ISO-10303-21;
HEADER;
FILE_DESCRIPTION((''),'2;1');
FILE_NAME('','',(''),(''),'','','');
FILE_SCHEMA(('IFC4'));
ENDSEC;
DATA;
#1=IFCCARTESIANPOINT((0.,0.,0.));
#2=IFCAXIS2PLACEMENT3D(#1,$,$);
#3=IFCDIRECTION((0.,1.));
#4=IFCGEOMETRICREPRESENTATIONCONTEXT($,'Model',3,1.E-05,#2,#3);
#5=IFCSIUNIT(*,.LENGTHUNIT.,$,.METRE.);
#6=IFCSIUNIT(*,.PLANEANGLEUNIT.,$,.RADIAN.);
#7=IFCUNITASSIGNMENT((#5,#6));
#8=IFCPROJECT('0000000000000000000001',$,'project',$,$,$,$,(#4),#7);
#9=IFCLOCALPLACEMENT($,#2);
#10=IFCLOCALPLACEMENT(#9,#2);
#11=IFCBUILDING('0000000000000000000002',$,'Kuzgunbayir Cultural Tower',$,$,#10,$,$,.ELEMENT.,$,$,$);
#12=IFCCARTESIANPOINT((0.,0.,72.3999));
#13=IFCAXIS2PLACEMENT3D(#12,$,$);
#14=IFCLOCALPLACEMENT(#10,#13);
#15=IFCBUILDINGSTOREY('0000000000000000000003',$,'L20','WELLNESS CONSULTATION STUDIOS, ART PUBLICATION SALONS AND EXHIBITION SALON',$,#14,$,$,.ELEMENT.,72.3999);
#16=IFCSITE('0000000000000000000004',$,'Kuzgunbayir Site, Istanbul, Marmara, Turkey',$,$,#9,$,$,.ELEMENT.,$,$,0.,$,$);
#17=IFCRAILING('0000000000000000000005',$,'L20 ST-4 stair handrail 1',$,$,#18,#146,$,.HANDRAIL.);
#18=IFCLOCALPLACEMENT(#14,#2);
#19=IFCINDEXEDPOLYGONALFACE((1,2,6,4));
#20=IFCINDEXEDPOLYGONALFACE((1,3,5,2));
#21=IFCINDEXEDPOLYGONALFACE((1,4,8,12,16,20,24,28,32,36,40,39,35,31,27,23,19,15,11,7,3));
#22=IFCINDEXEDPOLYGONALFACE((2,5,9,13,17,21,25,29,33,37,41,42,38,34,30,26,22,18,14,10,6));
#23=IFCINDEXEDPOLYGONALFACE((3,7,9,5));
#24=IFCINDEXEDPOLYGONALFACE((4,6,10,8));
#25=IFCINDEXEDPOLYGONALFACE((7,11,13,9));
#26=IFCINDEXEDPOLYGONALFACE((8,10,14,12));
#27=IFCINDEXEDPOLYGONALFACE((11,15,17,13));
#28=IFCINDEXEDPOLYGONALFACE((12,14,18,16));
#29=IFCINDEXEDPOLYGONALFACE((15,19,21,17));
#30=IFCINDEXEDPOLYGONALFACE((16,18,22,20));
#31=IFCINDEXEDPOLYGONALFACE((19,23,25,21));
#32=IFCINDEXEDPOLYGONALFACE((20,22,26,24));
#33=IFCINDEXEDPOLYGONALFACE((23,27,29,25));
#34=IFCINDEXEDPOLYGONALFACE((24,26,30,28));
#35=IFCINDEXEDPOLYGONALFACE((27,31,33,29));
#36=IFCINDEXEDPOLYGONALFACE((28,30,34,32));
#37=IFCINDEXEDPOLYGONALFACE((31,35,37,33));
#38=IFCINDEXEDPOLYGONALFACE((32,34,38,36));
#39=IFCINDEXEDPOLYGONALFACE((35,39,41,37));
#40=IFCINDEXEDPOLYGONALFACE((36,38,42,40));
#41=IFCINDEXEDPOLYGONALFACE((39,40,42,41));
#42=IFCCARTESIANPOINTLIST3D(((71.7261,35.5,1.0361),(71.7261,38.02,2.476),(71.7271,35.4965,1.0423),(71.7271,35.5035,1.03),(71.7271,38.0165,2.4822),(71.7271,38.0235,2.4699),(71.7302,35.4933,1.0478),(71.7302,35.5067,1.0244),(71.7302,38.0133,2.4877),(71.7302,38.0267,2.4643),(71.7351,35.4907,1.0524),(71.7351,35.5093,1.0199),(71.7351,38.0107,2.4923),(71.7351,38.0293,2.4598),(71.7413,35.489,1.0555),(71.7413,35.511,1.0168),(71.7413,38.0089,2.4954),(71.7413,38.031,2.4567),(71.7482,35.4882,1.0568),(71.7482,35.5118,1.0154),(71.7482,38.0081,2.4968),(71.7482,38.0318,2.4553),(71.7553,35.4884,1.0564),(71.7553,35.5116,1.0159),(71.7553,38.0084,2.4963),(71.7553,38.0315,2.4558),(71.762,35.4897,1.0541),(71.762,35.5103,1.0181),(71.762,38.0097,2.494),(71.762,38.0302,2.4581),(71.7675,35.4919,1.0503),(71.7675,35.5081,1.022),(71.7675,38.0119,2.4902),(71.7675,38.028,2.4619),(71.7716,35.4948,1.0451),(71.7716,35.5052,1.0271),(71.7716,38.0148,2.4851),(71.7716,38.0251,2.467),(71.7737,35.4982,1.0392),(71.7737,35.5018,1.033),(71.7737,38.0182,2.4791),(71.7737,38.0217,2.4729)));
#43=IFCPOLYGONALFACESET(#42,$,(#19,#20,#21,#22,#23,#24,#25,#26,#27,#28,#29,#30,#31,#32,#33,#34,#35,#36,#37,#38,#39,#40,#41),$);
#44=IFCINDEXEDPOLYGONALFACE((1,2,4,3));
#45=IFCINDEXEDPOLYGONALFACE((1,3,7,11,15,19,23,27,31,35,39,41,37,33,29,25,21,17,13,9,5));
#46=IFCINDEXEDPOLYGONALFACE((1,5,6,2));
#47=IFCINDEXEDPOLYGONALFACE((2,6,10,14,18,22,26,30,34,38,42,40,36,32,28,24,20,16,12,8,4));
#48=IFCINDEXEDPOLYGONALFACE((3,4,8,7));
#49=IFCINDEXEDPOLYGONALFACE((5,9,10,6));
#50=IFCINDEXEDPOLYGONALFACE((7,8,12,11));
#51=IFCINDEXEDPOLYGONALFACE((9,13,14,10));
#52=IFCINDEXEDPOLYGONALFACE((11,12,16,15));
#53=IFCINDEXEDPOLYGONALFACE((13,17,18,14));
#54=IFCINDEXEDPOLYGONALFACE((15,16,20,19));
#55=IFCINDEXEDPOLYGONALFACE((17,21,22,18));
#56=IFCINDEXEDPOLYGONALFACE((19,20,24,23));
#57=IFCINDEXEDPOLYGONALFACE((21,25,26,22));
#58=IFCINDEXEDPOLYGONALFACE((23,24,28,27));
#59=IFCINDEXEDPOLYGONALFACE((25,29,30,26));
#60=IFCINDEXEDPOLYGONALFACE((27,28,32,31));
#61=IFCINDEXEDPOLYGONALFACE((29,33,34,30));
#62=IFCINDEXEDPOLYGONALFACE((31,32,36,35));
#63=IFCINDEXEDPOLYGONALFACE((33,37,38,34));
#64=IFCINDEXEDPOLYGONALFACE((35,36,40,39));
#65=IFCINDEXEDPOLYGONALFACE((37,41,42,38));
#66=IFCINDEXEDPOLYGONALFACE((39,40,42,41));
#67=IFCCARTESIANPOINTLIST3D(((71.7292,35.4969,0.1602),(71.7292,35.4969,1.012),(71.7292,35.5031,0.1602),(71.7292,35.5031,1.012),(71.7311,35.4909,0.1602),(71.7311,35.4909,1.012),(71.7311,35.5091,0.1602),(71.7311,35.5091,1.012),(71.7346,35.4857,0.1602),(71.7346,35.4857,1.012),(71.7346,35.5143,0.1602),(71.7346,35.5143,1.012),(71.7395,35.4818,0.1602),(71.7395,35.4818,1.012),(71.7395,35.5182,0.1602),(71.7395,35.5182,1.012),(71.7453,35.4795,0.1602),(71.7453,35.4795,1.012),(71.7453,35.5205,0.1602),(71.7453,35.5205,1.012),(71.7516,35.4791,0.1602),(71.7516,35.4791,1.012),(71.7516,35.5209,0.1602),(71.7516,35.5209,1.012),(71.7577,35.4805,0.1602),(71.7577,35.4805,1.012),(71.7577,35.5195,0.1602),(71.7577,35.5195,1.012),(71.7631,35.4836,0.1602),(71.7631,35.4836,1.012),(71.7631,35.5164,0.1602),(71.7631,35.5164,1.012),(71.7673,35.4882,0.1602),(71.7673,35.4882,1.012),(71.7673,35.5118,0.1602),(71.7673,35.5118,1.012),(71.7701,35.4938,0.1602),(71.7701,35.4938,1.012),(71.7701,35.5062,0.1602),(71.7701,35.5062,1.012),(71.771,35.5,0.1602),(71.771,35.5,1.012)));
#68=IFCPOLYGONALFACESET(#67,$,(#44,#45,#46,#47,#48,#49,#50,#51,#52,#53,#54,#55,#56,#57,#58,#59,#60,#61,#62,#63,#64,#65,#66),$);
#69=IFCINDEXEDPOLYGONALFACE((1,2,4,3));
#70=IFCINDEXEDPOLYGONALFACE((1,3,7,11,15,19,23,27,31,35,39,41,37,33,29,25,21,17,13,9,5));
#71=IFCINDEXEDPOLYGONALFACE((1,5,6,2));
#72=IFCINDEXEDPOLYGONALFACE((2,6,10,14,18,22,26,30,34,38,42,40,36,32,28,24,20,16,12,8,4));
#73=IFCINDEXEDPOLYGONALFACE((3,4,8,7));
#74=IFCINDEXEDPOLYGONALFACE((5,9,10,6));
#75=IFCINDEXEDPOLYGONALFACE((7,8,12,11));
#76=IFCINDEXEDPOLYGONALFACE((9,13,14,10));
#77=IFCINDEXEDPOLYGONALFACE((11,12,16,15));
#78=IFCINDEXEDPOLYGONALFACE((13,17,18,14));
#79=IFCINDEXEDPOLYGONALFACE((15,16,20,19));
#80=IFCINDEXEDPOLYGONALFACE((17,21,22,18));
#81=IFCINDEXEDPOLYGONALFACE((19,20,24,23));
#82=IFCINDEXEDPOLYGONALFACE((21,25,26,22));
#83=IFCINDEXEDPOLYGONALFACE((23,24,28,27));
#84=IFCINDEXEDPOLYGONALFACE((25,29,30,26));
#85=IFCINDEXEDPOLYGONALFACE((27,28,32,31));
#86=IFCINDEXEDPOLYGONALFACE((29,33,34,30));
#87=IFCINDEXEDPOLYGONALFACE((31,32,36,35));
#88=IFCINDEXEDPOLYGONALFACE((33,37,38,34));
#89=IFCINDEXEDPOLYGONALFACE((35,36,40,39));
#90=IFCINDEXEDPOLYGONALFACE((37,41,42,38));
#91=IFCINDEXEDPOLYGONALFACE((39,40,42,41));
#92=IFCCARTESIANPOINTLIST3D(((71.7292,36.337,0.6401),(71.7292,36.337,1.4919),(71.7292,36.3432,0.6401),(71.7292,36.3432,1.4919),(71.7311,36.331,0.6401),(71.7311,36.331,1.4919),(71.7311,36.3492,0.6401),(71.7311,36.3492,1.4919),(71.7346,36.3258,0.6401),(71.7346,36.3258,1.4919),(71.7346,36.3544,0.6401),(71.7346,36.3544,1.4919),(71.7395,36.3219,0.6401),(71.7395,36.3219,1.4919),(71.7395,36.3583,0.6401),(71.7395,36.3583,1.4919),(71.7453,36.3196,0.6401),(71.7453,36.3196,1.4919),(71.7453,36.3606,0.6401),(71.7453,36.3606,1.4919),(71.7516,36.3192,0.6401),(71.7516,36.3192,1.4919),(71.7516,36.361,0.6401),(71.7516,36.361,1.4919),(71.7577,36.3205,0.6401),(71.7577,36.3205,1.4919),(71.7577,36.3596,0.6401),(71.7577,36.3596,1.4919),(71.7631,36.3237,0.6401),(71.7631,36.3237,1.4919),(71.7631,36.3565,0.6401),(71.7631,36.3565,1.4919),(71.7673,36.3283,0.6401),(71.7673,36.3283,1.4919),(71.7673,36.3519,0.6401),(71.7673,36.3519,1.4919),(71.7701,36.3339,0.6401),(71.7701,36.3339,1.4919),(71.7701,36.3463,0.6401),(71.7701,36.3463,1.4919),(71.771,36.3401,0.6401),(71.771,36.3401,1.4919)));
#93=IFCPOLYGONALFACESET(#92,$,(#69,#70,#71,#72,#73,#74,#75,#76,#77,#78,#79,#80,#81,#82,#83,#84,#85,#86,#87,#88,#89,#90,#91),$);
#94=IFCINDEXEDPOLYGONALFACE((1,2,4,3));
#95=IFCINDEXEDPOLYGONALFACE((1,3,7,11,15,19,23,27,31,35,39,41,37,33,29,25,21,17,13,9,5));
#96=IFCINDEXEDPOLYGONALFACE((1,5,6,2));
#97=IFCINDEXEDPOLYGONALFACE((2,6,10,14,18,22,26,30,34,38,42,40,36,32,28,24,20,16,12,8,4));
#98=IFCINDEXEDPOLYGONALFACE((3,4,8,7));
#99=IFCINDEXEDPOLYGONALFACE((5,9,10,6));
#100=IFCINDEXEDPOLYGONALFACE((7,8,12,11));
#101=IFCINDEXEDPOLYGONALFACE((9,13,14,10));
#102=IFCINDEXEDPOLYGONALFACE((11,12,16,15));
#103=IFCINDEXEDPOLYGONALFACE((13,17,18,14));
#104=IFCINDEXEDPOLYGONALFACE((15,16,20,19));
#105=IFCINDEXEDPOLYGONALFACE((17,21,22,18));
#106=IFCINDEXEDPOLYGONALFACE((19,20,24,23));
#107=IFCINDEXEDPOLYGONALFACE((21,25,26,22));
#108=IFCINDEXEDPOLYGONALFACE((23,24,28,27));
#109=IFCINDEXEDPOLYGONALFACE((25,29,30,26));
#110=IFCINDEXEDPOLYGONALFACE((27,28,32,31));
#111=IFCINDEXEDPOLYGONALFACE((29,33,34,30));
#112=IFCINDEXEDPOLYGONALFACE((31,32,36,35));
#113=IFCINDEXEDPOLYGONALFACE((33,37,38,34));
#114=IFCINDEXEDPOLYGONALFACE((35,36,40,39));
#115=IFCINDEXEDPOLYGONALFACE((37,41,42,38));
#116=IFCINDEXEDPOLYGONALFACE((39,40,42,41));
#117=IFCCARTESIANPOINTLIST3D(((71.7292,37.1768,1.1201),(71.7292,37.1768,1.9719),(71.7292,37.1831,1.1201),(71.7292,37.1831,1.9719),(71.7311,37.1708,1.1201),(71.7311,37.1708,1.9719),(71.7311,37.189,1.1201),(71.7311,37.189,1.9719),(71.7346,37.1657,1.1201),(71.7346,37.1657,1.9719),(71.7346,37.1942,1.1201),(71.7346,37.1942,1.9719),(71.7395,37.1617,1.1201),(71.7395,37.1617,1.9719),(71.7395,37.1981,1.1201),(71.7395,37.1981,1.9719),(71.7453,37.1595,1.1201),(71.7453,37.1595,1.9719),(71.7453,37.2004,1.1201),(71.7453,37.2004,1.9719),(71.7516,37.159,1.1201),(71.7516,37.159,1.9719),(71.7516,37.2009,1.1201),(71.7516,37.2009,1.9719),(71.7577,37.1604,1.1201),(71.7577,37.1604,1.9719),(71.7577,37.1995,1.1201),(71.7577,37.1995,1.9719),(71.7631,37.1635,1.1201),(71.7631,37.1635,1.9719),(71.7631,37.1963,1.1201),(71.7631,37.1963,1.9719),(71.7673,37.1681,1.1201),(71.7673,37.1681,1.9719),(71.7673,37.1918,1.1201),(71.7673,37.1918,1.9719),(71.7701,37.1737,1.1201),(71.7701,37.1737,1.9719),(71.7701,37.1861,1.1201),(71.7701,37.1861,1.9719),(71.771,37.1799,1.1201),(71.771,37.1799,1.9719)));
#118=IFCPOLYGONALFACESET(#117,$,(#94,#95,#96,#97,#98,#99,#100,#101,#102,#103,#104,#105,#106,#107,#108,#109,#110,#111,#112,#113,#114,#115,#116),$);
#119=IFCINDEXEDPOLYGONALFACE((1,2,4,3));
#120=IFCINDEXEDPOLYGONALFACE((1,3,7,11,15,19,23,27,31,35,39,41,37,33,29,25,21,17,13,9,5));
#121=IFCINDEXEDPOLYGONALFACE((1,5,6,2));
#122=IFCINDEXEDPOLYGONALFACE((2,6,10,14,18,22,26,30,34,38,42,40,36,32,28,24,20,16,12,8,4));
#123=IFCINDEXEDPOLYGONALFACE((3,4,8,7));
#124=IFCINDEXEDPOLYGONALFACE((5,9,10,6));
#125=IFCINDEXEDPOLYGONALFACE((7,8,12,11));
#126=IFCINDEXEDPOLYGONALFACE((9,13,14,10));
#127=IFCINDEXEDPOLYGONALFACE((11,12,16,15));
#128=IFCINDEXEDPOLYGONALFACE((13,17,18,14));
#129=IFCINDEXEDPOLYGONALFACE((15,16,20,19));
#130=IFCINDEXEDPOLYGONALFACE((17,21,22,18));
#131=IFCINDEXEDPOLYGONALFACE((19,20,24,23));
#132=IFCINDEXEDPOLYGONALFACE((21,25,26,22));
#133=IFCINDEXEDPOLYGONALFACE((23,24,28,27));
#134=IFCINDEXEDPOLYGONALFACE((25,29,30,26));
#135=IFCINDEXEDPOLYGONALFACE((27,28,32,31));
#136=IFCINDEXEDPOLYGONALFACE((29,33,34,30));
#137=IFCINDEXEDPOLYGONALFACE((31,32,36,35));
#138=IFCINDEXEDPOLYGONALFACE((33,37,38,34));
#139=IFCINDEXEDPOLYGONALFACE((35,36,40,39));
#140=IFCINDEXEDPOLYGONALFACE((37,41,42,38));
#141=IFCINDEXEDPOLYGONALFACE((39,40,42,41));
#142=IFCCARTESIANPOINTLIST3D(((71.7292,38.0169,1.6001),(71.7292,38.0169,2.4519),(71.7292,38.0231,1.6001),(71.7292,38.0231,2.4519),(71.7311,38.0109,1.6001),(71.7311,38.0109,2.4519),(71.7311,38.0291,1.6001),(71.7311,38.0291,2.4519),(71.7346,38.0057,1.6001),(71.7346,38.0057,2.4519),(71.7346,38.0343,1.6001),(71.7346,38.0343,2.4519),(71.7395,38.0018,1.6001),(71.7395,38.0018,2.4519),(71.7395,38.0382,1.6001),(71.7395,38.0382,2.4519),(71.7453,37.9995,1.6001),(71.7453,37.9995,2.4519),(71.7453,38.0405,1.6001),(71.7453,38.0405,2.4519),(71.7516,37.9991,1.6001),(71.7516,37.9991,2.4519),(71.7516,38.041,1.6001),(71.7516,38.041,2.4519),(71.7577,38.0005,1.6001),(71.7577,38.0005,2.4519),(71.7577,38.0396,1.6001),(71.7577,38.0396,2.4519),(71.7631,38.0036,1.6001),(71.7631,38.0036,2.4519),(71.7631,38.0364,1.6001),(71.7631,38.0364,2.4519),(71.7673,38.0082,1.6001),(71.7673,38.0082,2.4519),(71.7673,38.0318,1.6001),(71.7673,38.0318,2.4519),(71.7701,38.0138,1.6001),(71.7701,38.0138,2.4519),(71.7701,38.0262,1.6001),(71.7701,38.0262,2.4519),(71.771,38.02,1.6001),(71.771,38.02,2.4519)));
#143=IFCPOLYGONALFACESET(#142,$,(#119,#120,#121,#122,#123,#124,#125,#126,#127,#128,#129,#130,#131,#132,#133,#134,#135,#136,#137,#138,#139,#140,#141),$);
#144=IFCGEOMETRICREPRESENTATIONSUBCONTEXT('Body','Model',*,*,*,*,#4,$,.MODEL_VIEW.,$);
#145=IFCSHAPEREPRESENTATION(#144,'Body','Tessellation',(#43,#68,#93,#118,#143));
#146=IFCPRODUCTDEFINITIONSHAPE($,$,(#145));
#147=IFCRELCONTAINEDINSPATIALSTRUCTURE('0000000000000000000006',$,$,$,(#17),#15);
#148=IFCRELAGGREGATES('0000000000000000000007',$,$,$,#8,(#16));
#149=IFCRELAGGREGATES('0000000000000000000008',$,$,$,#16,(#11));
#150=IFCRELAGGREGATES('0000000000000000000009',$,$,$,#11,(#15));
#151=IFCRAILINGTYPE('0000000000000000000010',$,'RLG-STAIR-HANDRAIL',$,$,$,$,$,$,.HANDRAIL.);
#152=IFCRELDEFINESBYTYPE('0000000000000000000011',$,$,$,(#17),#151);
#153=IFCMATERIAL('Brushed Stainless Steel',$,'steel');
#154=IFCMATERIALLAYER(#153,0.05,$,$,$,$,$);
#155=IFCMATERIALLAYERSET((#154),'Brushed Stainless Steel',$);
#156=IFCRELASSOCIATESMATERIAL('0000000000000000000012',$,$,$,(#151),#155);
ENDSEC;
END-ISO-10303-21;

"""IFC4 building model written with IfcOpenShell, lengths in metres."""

from ifc_helpers import new_model, si_unit, direction, frame, origin, origin_2d, place, context, subcontext, project, spatial, circle, extrude, material, layer, layer_set, type_object, element, save


model = new_model("IFC4")

# Units and contexts
model_context = context("Model", 3, precision=1e-05, world=origin(), true_north=direction((0.0, 1.0)))
body_context = subcontext(model_context, "Body", "Model", "MODEL_VIEW")
ifc_project = project(units=[si_unit("LENGTHUNIT", "METRE"), si_unit("PLANEANGLEUNIT", "RADIAN")], contexts=[model_context])

# Site, building, storey
site_placement = place(None, origin())
site = spatial("IfcSite", under=ifc_project, at=site_placement, Name="Kuzgunbayir Site, Istanbul, Marmara, Turkey", CompositionType="ELEMENT", RefElevation=0.0)
building_placement = place(site_placement, origin())
building = spatial("IfcBuilding", under=site, at=building_placement, Name="Kuzgunbayir Cultural Tower", CompositionType="ELEMENT")
storey_placement = place(building_placement, frame((0.0, 0.0, 72.3999)))
storey = spatial("IfcBuildingStorey", under=building, at=storey_placement, Name="L20", Description="WELLNESS CONSULTATION STUDIOS, ART PUBLICATION SALONS AND EXHIBITION SALON", CompositionType="ELEMENT", Elevation=72.3999)

# Shared definitions
ifc_material_1 = material(Name="Brushed Stainless Steel", Category="steel")

# Railing
ifc_layer_1 = layer(ifc_material_1, 0.05)
ifc_layer_set_1 = layer_set([ifc_layer_1], Name="Brushed Stainless Steel")
railing_type_1 = type_object("IfcRailingType", Name="RLG-STAIR-HANDRAIL", PredefinedType="HANDRAIL", material=ifc_layer_set_1)
railing_1_placement = place(storey_placement, frame((71.75, 35.5, 0.1602)))
element("IfcRailing", 1, at=railing_1_placement, inside=storey, type_object=railing_type_1, Name="L20 ST-4 stair handrail 1", PredefinedType="HANDRAIL", context=body_context, shape_type="SweptSolid", body=[
    extrude(circle(Radius=0.0239, at=origin_2d()), frame((0.0, 0.0, 0.876), z_axis=(0.0, 0.868253, 0.496121), x_axis=(-1.0, 0.0, 0.0)), (0.0, 0.0, 1.0), 2.9023),
    extrude(circle(Radius=0.021, at=origin_2d()), origin(), (0.0, 0.0, 1.0), 0.8518),
    extrude(circle(Radius=0.021, at=origin_2d()), frame((0.0, 0.8401, 0.48)), (0.0, 0.0, 1.0), 0.8518),
    extrude(circle(Radius=0.021, at=origin_2d()), frame((0.0, 1.6799, 0.96)), (0.0, 0.0, 1.0), 0.8518),
    extrude(circle(Radius=0.021, at=origin_2d()), frame((0.0, 2.52, 1.4399)), (0.0, 0.0, 1.0), 0.8518),
])

save(model, "model.ifc")
